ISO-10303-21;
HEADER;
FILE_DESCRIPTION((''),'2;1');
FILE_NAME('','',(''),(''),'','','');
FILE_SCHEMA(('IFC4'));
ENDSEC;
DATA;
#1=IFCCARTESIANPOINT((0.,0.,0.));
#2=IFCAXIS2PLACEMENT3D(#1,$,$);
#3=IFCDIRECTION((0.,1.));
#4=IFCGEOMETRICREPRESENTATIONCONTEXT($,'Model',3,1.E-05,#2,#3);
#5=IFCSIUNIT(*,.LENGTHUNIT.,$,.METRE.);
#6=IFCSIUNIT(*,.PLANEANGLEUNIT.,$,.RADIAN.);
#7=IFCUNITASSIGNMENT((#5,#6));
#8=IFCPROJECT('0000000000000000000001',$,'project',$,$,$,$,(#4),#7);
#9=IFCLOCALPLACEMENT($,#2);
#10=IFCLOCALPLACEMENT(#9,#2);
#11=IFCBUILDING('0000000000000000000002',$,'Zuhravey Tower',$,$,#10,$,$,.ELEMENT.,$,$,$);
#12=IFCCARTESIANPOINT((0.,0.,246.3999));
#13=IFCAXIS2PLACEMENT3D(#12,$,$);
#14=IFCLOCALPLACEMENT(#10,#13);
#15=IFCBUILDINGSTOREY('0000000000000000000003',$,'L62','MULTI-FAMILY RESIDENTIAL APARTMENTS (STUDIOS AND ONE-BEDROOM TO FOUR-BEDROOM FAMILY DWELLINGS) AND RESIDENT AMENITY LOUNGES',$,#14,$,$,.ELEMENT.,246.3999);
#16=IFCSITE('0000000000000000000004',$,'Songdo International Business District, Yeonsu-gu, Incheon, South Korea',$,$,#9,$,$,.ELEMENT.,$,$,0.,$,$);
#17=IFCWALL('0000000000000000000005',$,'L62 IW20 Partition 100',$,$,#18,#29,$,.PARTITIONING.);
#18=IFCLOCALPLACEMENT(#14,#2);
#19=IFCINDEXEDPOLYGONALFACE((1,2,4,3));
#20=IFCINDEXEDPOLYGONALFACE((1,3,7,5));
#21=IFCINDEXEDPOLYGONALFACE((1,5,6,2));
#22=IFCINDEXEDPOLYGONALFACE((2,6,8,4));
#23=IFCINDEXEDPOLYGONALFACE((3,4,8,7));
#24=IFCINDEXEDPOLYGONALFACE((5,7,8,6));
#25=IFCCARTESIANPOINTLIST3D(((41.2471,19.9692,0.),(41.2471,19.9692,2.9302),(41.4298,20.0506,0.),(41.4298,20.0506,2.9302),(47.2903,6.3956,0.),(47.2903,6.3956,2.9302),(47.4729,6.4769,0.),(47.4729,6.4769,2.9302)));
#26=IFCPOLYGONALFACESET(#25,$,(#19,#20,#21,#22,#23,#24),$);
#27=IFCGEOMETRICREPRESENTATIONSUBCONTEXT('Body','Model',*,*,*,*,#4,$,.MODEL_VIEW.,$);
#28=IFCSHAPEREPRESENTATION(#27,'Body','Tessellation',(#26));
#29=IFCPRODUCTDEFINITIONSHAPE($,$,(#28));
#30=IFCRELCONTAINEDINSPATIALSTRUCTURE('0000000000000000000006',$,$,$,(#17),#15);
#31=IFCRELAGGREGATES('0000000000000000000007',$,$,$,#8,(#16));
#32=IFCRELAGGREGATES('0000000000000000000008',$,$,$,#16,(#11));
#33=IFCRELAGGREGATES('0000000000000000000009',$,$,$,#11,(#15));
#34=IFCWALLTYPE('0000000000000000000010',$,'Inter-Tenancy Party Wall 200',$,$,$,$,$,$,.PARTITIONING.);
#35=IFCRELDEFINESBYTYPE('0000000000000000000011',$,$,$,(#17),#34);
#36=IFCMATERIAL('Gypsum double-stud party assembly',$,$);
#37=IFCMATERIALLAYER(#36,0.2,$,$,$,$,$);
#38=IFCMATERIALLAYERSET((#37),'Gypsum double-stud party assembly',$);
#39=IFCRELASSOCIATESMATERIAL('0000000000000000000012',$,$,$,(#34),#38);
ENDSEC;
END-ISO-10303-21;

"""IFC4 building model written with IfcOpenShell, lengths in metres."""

from ifc_helpers import new_model, si_unit, direction, frame, frame_2d, origin, place, context, subcontext, project, spatial, rectangle, extrude, material, layer, layer_set, type_object, element, save


model = new_model("IFC4")

# Units and contexts
model_context = context("Model", 3, precision=1e-05, world=origin(), true_north=direction((0.0, 1.0)))
body_context = subcontext(model_context, "Body", "Model", "MODEL_VIEW")
ifc_project = project(units=[si_unit("LENGTHUNIT", "METRE"), si_unit("PLANEANGLEUNIT", "RADIAN")], contexts=[model_context])

# Site, building, storey
site_placement = place(None, origin())
site = spatial("IfcSite", under=ifc_project, at=site_placement, Name="Songdo International Business District, Yeonsu-gu, Incheon, South Korea", CompositionType="ELEMENT", RefElevation=0.0)
building_placement = place(site_placement, origin())
building = spatial("IfcBuilding", under=site, at=building_placement, Name="Zuhravey Tower", CompositionType="ELEMENT")
storey_placement = place(building_placement, frame((0.0, 0.0, 246.3999)))
storey = spatial("IfcBuildingStorey", under=building, at=storey_placement, Name="L62", Description="MULTI-FAMILY RESIDENTIAL APARTMENTS (STUDIOS AND ONE-BEDROOM TO FOUR-BEDROOM FAMILY DWELLINGS) AND RESIDENT AMENITY LOUNGES", CompositionType="ELEMENT", Elevation=246.3999)

# Wall
ifc_material_1 = material(Name="Gypsum double-stud party assembly")
ifc_layer_1 = layer(ifc_material_1, 0.2)
ifc_layer_set_1 = layer_set([ifc_layer_1], Name="Gypsum double-stud party assembly")
wall_type_1 = type_object("IfcWallType", Name="Inter-Tenancy Party Wall 200", PredefinedType="PARTITIONING", material=ifc_layer_set_1)
wall_1_placement = place(storey_placement, frame((41.3384, 20.01, 0.0), z_axis=(0.0, 0.0, 1.0), x_axis=(0.406725, -0.91355, 0.0)))
element("IfcWall", 1, at=wall_1_placement, inside=storey, type_object=wall_type_1, Name="L62 IW20 Partition 100", PredefinedType="PARTITIONING", context=body_context, shape_type="SweptSolid", body=[
    extrude(rectangle(XDim=14.8582, YDim=0.2, at=frame_2d((7.4292, 0.0))), origin(), (0.0, 0.0, 1.0), 2.9302),
])

save(model, "model.ifc")
